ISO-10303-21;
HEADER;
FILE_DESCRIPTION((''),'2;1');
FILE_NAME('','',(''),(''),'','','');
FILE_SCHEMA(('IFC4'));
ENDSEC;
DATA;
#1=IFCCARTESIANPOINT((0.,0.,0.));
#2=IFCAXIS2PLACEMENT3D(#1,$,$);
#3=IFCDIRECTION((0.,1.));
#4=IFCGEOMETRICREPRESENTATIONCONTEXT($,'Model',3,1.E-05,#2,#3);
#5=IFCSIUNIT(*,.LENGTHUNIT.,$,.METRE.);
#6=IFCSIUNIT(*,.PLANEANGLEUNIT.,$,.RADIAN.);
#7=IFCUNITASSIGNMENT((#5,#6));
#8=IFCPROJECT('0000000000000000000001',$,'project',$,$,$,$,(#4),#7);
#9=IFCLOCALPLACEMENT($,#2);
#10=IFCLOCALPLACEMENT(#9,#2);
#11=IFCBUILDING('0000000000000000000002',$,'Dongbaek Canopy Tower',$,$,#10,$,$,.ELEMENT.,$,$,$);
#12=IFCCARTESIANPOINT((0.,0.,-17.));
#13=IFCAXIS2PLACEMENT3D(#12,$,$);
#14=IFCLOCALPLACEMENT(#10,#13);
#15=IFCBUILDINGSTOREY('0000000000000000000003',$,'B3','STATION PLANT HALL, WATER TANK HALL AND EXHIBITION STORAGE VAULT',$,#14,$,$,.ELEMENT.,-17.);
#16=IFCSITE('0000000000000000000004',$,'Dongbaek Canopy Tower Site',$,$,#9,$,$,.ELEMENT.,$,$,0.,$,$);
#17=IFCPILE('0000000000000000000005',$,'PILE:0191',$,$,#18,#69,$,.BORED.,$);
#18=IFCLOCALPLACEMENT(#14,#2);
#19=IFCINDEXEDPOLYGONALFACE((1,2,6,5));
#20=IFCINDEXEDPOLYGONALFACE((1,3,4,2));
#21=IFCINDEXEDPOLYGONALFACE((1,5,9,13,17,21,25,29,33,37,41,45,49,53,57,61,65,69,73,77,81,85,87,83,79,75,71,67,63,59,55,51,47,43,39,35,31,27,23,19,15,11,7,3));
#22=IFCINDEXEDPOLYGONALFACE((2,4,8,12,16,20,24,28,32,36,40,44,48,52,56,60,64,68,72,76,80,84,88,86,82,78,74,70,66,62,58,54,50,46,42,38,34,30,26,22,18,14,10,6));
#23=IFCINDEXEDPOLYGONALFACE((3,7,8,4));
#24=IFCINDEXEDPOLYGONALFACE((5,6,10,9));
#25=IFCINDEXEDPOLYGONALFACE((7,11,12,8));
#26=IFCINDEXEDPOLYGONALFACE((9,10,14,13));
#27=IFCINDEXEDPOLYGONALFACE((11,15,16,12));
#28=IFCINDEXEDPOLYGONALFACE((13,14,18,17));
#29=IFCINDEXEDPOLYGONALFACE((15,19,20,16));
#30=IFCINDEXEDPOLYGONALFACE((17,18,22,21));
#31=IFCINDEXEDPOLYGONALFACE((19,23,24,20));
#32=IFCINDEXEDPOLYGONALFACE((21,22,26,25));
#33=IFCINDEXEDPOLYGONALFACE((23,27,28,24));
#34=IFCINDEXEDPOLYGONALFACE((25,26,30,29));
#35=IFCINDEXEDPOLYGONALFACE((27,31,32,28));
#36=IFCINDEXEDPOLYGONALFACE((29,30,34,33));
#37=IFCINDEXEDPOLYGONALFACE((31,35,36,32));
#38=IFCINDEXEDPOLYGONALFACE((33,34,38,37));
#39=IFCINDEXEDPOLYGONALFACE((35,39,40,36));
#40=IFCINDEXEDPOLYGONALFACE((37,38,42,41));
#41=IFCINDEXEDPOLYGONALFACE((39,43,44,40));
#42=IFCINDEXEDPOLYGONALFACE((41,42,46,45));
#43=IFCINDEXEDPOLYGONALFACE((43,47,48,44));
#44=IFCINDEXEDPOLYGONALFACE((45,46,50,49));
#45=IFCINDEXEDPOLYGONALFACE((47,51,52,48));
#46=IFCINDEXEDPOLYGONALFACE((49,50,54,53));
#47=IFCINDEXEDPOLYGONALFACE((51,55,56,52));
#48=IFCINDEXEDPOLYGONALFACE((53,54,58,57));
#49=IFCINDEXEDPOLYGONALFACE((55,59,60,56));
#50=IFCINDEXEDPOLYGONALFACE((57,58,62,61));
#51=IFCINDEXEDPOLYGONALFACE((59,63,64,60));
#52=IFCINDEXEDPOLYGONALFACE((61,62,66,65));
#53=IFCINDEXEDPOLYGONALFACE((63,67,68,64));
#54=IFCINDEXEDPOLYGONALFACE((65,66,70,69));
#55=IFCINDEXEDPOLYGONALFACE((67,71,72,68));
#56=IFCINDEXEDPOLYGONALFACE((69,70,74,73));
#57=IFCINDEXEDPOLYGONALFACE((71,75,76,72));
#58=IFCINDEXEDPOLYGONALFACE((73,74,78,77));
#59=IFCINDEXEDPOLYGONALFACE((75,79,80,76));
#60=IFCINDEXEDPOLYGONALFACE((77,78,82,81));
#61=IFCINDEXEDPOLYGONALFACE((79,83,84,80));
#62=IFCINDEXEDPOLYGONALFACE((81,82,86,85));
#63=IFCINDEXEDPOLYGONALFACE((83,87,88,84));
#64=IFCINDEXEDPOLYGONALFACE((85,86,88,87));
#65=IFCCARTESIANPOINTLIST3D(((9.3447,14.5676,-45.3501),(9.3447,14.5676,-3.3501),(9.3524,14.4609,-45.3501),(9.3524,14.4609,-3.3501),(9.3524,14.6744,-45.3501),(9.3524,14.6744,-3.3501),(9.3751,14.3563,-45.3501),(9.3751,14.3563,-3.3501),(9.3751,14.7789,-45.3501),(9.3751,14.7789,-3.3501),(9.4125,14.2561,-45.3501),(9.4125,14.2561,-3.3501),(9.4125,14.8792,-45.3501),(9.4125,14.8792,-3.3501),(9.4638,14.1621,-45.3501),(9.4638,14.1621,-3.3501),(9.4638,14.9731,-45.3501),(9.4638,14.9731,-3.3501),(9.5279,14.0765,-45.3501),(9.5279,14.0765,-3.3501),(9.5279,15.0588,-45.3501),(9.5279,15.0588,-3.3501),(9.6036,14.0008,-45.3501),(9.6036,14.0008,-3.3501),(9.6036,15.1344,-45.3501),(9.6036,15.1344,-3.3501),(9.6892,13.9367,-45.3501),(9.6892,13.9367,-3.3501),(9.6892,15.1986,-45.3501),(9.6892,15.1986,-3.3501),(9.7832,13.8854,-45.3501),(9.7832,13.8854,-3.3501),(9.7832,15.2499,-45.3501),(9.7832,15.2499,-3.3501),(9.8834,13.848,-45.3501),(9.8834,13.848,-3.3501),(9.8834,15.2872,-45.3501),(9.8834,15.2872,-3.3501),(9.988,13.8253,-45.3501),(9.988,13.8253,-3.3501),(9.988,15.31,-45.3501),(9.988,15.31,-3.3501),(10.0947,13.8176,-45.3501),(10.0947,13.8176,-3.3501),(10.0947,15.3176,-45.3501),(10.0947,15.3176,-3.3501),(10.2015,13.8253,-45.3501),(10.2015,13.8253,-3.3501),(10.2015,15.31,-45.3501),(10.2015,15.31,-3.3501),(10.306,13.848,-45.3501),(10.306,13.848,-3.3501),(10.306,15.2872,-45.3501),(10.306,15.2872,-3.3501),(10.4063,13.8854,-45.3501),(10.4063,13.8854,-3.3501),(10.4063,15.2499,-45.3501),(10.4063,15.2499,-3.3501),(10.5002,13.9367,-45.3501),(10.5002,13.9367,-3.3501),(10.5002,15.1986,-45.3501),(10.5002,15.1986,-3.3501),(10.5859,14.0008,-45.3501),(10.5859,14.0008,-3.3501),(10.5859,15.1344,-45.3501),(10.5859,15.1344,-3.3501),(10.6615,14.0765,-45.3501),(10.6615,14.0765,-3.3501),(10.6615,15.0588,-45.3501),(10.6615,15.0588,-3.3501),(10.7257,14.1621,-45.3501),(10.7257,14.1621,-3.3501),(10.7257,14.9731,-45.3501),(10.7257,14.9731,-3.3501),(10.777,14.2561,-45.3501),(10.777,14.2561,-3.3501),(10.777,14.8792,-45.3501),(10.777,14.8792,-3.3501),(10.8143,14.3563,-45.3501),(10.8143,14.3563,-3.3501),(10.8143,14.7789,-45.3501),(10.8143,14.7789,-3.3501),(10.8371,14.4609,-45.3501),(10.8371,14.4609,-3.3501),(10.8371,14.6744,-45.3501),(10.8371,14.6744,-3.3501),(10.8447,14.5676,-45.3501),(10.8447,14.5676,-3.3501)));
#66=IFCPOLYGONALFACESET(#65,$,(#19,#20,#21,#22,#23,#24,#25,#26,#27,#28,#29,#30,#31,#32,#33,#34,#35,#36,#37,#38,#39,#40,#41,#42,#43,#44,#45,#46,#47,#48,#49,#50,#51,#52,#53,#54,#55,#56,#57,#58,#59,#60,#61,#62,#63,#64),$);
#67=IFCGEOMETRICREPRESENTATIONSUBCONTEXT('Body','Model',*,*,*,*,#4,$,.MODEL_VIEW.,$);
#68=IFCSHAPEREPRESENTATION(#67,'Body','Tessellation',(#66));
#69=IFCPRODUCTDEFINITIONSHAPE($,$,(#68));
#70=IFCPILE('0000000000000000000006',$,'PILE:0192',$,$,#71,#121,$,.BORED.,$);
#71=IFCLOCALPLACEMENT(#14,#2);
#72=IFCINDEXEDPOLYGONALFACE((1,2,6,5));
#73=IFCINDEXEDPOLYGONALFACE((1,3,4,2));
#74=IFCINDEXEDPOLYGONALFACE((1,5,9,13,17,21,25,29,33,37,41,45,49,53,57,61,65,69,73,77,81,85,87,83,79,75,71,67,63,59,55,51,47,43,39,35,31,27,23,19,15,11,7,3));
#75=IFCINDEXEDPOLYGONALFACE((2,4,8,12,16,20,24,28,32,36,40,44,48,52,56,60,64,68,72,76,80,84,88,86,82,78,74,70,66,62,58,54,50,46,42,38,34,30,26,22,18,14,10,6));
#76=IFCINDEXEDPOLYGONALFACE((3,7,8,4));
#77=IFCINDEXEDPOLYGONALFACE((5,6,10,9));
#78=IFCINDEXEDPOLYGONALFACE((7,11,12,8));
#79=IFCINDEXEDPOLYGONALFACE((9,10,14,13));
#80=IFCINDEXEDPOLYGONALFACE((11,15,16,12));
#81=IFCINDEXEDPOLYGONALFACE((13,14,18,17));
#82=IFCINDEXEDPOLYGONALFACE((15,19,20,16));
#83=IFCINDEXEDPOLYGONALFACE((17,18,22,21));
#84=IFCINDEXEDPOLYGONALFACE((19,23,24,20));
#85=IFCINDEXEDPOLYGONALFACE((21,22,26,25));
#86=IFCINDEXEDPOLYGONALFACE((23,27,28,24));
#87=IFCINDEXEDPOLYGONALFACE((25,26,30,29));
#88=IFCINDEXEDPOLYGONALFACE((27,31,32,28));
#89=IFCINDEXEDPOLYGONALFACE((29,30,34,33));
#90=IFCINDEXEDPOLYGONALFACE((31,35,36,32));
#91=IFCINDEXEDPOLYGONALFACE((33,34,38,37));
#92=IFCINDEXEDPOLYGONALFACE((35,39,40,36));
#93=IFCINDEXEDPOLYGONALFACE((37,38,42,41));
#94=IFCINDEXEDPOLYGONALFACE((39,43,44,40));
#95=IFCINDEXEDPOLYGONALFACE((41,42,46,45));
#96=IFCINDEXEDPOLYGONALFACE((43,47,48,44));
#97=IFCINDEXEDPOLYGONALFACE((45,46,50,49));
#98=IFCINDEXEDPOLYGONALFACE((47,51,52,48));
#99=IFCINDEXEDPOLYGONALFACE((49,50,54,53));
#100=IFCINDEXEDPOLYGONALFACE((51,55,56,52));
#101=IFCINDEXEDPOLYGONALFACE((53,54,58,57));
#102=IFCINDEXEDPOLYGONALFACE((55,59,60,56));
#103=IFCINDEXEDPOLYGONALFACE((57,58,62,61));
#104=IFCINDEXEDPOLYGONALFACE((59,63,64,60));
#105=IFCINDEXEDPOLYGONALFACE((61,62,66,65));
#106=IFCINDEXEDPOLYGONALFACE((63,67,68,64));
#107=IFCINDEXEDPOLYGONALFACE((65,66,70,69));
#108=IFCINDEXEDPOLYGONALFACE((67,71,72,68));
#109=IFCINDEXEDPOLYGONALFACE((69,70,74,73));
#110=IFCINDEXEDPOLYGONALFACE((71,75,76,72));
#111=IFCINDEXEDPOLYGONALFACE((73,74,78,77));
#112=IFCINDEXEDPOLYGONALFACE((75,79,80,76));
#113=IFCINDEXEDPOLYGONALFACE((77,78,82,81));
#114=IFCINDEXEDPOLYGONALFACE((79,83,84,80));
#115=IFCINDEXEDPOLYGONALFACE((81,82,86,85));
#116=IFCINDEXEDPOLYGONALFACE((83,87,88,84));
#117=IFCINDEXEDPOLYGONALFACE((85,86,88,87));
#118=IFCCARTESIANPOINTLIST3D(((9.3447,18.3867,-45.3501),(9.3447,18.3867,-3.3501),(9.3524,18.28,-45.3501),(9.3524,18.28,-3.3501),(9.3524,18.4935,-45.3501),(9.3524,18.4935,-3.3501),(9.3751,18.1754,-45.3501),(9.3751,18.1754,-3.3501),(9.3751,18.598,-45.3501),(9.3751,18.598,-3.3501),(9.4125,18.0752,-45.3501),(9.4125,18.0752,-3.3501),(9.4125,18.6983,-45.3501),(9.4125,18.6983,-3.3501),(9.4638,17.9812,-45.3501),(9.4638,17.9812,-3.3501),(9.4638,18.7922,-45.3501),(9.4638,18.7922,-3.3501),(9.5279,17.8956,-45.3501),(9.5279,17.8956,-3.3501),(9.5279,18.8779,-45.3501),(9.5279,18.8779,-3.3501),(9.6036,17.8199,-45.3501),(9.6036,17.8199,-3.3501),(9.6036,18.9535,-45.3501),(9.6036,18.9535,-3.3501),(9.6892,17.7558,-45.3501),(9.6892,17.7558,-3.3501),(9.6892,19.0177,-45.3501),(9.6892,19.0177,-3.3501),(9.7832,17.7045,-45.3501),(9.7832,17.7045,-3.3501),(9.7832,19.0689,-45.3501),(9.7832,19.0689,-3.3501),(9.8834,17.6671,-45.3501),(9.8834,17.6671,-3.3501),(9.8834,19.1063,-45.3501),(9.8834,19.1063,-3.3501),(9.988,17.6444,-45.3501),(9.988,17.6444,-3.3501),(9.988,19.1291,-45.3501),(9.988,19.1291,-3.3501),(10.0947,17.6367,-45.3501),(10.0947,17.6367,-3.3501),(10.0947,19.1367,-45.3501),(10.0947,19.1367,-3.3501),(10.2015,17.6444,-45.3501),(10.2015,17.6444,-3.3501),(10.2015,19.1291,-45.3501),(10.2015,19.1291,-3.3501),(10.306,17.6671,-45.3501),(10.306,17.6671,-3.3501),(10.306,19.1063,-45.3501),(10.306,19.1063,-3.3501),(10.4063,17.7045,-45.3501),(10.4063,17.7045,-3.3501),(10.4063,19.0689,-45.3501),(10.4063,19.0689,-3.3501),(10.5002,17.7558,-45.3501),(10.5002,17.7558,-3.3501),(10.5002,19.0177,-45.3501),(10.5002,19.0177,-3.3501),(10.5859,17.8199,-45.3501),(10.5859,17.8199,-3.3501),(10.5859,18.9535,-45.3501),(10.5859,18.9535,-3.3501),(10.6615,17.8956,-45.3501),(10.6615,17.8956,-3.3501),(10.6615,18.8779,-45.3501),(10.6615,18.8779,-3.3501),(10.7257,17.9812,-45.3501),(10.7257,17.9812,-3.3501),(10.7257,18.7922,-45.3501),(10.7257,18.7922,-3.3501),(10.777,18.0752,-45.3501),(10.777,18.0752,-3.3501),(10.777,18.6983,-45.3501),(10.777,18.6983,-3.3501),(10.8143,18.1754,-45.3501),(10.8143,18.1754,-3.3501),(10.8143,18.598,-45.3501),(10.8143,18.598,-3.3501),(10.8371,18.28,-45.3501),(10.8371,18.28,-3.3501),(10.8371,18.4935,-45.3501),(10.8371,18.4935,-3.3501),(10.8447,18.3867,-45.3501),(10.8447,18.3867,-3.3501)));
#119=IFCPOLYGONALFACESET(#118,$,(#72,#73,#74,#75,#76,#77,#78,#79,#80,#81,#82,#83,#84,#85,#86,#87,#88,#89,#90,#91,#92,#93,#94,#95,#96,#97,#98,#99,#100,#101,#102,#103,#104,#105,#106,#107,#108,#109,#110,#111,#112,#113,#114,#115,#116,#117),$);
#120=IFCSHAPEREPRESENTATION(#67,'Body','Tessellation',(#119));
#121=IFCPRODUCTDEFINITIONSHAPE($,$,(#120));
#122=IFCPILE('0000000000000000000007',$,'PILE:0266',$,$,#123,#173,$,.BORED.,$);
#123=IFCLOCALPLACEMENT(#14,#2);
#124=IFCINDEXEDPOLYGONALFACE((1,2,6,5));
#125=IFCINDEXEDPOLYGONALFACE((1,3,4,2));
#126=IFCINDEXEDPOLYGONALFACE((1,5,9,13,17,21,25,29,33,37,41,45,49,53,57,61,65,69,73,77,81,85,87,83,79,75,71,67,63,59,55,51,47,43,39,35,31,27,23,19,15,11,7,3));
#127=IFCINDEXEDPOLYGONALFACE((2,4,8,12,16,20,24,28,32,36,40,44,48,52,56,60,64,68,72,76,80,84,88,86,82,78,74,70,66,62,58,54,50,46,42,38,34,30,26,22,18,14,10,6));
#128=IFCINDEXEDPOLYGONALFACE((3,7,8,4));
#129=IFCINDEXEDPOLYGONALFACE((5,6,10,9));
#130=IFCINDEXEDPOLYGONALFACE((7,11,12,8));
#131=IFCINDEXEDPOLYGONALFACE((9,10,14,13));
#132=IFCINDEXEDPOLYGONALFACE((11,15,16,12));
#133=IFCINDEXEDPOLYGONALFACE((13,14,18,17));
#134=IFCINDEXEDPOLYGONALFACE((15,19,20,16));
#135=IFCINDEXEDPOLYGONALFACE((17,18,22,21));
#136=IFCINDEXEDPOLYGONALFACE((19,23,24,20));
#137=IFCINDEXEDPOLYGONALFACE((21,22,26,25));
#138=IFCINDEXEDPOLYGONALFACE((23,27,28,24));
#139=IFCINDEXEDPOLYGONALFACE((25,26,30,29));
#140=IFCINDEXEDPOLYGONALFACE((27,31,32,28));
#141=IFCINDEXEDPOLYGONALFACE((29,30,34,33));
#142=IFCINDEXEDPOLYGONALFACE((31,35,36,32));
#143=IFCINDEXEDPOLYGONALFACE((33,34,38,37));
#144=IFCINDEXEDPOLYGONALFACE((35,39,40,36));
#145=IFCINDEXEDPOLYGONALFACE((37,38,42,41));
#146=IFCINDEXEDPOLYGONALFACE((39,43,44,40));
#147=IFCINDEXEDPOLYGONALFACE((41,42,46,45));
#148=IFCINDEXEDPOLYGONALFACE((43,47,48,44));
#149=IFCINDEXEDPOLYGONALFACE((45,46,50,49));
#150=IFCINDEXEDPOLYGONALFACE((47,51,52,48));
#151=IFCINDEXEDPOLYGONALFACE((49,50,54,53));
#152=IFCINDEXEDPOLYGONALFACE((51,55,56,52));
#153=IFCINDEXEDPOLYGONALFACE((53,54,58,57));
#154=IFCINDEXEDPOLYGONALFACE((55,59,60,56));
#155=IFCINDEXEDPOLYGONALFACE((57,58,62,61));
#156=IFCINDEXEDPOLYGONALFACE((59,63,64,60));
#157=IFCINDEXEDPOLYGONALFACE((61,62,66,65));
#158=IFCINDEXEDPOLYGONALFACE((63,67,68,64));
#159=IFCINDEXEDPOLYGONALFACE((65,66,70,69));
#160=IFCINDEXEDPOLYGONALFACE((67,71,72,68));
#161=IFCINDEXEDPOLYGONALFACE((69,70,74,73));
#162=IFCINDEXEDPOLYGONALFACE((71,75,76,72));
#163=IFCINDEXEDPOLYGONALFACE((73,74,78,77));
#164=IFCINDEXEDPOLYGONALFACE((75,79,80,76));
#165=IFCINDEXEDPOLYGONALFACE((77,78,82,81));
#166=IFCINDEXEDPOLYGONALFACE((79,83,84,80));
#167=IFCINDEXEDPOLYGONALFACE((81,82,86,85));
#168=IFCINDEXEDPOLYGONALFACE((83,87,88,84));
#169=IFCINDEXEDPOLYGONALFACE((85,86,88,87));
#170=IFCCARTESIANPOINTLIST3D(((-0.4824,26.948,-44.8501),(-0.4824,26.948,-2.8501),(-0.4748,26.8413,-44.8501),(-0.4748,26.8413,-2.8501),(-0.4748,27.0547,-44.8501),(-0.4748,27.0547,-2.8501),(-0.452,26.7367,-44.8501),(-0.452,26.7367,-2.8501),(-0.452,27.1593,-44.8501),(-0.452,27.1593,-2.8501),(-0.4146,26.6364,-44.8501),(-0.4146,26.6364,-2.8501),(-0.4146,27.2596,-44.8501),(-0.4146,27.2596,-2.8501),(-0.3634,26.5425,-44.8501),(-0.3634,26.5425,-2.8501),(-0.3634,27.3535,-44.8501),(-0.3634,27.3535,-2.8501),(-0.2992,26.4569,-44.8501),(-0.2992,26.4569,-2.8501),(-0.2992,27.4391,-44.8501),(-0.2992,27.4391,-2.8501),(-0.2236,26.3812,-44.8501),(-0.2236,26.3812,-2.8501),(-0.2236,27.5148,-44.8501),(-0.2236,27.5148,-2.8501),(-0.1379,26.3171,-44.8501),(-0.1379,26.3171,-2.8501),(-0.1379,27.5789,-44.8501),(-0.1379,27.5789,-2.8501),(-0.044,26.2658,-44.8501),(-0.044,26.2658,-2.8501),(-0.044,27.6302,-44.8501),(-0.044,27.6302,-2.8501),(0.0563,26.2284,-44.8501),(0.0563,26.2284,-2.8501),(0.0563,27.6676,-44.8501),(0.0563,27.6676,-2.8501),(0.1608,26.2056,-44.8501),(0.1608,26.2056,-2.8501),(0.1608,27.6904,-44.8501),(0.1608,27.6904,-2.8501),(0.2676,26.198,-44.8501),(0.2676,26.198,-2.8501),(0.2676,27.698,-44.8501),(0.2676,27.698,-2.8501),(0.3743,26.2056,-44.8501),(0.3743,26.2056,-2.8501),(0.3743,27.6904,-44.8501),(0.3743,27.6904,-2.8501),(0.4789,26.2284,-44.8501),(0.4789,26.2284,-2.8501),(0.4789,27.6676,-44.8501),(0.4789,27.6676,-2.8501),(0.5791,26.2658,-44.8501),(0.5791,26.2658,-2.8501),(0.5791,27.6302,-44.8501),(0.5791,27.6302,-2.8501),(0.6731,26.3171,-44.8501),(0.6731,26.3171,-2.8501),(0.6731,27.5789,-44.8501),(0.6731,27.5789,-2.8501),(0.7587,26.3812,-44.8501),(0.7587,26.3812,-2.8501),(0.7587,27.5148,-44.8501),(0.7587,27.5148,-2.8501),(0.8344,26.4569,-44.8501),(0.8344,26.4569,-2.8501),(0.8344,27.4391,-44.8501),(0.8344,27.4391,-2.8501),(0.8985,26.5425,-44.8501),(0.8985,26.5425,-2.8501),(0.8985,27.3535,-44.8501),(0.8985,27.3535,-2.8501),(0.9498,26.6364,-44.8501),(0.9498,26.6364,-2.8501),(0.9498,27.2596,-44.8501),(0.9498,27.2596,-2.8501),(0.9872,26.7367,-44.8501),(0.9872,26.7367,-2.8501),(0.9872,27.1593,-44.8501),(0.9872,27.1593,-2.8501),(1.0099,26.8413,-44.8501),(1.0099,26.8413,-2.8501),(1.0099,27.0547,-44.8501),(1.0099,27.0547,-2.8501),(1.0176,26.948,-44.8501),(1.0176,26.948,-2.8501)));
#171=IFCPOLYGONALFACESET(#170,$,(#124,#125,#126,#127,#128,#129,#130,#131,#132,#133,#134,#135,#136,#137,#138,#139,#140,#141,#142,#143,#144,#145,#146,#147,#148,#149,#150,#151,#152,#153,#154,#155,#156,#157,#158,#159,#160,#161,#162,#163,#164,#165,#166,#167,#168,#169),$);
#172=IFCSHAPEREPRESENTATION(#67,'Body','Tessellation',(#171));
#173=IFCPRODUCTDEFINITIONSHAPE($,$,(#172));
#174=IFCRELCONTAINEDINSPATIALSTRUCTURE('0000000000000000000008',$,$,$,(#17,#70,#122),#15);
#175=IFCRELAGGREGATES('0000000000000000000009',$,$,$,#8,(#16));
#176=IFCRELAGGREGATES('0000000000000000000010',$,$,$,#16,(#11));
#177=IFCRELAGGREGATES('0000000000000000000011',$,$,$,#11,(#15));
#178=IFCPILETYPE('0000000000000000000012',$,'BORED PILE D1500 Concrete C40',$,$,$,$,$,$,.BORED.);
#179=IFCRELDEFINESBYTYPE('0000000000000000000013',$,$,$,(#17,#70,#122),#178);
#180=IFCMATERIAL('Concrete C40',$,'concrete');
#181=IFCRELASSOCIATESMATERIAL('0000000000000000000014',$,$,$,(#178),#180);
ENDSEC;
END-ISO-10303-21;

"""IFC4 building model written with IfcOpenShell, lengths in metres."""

from ifc_helpers import new_model, si_unit, direction, frame, origin, origin_2d, place, context, subcontext, project, spatial, circle, extrude, material, material_profile, profile_set, type_object, element, save


model = new_model("IFC4")

# Units and contexts
model_context = context("Model", 3, precision=1e-05, world=origin(), true_north=direction((0.0, 1.0)))
body_context = subcontext(model_context, "Body", "Model", "MODEL_VIEW")
ifc_project = project(units=[si_unit("LENGTHUNIT", "METRE"), si_unit("PLANEANGLEUNIT", "RADIAN")], contexts=[model_context])

# Site, building, storey
site_placement = place(None, origin())
site = spatial("IfcSite", under=ifc_project, at=site_placement, Name="Dongbaek Canopy Tower Site", CompositionType="ELEMENT", RefElevation=0.0)
building_placement = place(site_placement, origin())
building = spatial("IfcBuilding", under=site, at=building_placement, Name="Dongbaek Canopy Tower", CompositionType="ELEMENT")
storey_placement = place(building_placement, frame((0.0, 0.0, -17.0)))
storey = spatial("IfcBuildingStorey", under=building, at=storey_placement, Name="B3", Description="STATION PLANT HALL, WATER TANK HALL AND EXHIBITION STORAGE VAULT", CompositionType="ELEMENT", Elevation=-17.0)

# Piles
ifc_material_1 = material(Name="Concrete C40", Category="concrete")
ifc_material_profile_1 = material_profile(ifc_material_1, circle(Radius=0.75, at=origin_2d()), Name="BORED PILE D1500 Concrete C40")
ifc_profile_set_1 = profile_set([ifc_material_profile_1], Name="Concrete C40")
pile_type = type_object("IfcPileType", Name="BORED PILE D1500 Concrete C40", PredefinedType="BORED", material=ifc_profile_set_1)
for number, where, z_axis, x_axis, name in (
    (1, (10.0947, 14.5676, -3.3501), (0.0, 0.0, -1.0), (1.0, 0.0, 0.0), "PILE:0191"),
    (2, (10.0947, 18.3867, -3.3501), (0.0, 0.0, -1.0), (1.0, 0.0, 0.0), "PILE:0192"),
    (3, (0.2676, 26.948, -2.8501), (0.0, 0.0, -1.0), (1.0, 0.0, 0.0), "PILE:0266"),
):
    element("IfcPile", number, at=place(storey_placement, frame(where, z_axis=z_axis, x_axis=x_axis)), inside=storey, type_object=pile_type, Name=name, PredefinedType="BORED", context=body_context, shape_type="SweptSolid", body=[
        extrude(circle(Radius=0.75, at=origin_2d()), origin(), (0.0, 0.0, 1.0), 42.0),
    ])

save(model, "model.ifc")
